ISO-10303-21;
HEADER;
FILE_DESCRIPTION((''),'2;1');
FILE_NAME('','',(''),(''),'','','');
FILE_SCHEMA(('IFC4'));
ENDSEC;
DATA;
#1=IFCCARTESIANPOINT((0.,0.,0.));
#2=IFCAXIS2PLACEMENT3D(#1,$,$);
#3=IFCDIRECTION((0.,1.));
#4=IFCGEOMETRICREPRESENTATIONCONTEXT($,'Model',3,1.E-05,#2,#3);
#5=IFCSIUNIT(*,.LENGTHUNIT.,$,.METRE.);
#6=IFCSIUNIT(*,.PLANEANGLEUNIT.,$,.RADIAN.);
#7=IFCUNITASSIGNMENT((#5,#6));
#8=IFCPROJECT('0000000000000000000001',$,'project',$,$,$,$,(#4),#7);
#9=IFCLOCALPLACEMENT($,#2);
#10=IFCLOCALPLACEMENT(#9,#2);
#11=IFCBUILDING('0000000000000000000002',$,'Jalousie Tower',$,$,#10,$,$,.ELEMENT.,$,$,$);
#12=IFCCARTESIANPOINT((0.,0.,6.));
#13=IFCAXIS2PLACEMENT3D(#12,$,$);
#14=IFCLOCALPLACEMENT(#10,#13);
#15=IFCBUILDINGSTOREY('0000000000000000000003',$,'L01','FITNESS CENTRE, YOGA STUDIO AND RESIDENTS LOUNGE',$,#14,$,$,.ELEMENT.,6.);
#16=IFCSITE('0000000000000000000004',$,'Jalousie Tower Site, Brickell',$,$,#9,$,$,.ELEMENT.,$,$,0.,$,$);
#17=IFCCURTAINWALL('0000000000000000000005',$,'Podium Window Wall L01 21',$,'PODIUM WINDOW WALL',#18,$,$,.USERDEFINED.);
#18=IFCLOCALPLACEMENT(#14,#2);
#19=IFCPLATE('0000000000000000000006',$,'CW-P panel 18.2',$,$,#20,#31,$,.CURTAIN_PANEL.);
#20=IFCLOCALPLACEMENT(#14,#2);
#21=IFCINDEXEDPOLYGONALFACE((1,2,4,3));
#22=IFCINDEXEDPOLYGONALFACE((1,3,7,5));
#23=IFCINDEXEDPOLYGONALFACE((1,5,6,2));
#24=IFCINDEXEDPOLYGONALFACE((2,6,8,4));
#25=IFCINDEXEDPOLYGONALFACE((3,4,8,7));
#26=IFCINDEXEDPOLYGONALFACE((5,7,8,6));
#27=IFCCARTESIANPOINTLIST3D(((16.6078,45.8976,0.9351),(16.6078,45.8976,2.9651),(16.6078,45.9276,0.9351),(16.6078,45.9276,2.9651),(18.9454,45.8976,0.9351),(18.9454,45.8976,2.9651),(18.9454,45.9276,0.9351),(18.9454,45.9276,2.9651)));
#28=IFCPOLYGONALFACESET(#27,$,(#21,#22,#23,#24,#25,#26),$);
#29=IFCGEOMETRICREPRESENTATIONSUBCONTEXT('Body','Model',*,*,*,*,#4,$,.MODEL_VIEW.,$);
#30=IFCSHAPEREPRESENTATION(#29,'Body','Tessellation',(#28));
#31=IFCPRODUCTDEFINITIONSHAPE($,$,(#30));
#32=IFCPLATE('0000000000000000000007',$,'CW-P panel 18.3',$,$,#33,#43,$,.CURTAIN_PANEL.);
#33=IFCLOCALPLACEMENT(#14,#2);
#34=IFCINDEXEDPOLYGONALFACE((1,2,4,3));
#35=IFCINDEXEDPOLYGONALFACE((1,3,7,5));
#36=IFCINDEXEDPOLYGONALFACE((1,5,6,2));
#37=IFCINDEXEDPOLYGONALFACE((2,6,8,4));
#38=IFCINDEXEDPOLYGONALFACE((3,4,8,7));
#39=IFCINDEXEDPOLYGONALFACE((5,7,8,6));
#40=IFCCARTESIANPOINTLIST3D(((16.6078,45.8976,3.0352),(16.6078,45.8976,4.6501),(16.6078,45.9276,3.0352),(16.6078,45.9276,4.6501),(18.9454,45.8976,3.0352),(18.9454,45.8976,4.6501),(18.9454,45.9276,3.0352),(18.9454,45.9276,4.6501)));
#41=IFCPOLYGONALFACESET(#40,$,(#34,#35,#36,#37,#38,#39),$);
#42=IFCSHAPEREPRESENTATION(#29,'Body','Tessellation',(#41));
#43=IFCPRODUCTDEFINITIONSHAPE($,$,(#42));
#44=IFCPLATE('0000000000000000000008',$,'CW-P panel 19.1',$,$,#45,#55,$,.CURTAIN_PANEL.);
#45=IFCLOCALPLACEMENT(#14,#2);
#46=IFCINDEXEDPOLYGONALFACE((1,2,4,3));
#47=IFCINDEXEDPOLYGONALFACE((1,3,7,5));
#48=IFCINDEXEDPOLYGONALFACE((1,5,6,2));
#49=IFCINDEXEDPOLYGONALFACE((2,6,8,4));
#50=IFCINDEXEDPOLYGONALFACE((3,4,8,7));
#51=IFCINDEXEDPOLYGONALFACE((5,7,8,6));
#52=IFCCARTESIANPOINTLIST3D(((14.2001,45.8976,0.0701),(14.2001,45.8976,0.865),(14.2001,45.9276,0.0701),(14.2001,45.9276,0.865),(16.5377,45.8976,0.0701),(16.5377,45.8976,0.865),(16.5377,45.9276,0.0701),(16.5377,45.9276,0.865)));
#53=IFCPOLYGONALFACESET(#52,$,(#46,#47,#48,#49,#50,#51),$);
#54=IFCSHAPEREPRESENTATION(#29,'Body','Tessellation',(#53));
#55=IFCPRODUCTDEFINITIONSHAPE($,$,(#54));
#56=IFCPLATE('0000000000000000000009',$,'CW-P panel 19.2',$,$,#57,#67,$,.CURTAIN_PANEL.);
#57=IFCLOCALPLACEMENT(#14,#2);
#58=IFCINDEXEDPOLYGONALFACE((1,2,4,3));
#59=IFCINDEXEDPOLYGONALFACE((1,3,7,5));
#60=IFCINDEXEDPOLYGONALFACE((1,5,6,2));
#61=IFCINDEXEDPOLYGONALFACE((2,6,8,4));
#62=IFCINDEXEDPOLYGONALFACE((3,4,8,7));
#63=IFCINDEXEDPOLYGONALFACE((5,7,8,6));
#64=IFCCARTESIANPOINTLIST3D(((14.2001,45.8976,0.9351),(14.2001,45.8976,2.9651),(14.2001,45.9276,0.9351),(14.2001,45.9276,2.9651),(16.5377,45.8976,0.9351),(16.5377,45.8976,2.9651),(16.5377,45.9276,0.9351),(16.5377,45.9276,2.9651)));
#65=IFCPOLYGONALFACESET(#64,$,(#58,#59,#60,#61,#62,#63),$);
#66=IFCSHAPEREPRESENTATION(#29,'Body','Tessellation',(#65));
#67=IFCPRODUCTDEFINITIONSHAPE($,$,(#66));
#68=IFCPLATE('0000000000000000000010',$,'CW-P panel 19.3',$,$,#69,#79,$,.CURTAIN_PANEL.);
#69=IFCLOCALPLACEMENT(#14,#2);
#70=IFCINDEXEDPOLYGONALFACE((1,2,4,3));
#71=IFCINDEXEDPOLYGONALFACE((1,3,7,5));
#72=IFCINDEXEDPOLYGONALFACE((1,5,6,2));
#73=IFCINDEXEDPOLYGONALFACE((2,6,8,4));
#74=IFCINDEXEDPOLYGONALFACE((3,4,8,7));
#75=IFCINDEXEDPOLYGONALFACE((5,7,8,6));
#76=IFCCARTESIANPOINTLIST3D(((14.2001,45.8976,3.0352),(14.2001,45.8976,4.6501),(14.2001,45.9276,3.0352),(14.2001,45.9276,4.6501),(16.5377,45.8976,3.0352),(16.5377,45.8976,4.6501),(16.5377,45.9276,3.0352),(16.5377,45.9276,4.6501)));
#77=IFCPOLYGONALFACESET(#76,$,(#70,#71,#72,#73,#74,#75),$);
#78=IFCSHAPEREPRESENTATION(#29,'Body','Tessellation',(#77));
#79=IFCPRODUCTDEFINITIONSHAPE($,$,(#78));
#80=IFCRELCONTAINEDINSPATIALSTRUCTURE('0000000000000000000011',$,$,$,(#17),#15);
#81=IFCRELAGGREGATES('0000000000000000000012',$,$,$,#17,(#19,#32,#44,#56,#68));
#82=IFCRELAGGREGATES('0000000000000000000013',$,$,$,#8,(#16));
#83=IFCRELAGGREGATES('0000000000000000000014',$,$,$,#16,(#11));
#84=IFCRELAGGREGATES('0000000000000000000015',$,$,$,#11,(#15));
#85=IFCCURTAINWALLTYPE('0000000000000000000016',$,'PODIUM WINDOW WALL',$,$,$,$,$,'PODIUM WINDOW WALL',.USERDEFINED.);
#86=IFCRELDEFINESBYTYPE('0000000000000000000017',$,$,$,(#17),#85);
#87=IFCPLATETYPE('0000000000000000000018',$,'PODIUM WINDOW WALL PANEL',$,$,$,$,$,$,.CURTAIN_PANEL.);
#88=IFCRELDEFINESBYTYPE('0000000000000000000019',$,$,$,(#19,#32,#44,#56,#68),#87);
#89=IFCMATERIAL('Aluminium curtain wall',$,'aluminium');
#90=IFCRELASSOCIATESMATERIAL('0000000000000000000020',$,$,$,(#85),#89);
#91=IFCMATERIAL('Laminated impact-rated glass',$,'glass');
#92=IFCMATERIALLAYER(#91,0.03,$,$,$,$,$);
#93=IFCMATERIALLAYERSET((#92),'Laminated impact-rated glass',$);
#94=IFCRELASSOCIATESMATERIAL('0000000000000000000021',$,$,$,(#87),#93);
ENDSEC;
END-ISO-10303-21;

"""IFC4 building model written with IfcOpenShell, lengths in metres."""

from ifc_helpers import new_model, si_unit, direction, frame, origin, origin_2d, place, context, subcontext, project, spatial, rectangle, extrude, material, layer, layer_set, type_object, element, aggregate, save


model = new_model("IFC4")

# Units and contexts
model_context = context("Model", 3, precision=1e-05, world=origin(), true_north=direction((0.0, 1.0)))
body_context = subcontext(model_context, "Body", "Model", "MODEL_VIEW")
ifc_project = project(units=[si_unit("LENGTHUNIT", "METRE"), si_unit("PLANEANGLEUNIT", "RADIAN")], contexts=[model_context])

# Site, building, storey
site_placement = place(None, origin())
site = spatial("IfcSite", under=ifc_project, at=site_placement, Name="Jalousie Tower Site, Brickell", CompositionType="ELEMENT", RefElevation=0.0)
building_placement = place(site_placement, origin())
building = spatial("IfcBuilding", under=site, at=building_placement, Name="Jalousie Tower", CompositionType="ELEMENT")
storey_placement = place(building_placement, frame((0.0, 0.0, 6.0)))
storey = spatial("IfcBuildingStorey", under=building, at=storey_placement, Name="L01", Description="FITNESS CENTRE, YOGA STUDIO AND RESIDENTS LOUNGE", CompositionType="ELEMENT", Elevation=6.0)

# Curtain wall, plates
ifc_material_1 = material(Name="Aluminium curtain wall", Category="aluminium")
curtain_wall_type = type_object("IfcCurtainWallType", Name="PODIUM WINDOW WALL", ElementType="PODIUM WINDOW WALL", PredefinedType="USERDEFINED", material=ifc_material_1)
curtain_wall_placement = place(storey_placement, origin())
curtain_wall = element("IfcCurtainWall", 1, at=curtain_wall_placement, inside=storey, type_object=curtain_wall_type, Name="Podium Window Wall L01 21", ObjectType="PODIUM WINDOW WALL", PredefinedType="USERDEFINED")
ifc_material_2 = material(Name="Laminated impact-rated glass", Category="glass")
ifc_layer = layer(ifc_material_2, 0.03)
ifc_layer_set = layer_set([ifc_layer], Name="Laminated impact-rated glass")
plate_type = type_object("IfcPlateType", Name="PODIUM WINDOW WALL PANEL", PredefinedType="CURTAIN_PANEL", material=ifc_layer_set)
plate_1_placement = place(storey_placement, frame((17.7766, 45.9126, 0.9351), z_axis=(0.0, 0.0, 1.0), x_axis=(-1.0, 0.0, 0.0)))
plate_1 = element("IfcPlate", 2, at=plate_1_placement, type_object=plate_type, Name="CW-P panel 18.2", PredefinedType="CURTAIN_PANEL", context=body_context, shape_type="SweptSolid", body=[
    extrude(rectangle(XDim=2.3376, YDim=0.03, at=origin_2d()), origin(), (0.0, 0.0, 1.0), 2.03),
])
plate_2_placement = place(storey_placement, frame((17.7766, 45.9126, 3.0352), z_axis=(0.0, 0.0, 1.0), x_axis=(-1.0, 0.0, 0.0)))
plate_2 = element("IfcPlate", 3, at=plate_2_placement, type_object=plate_type, Name="CW-P panel 18.3", PredefinedType="CURTAIN_PANEL", context=body_context, shape_type="SweptSolid", body=[
    extrude(rectangle(XDim=2.3376, YDim=0.03, at=origin_2d()), origin(), (0.0, 0.0, 1.0), 1.615),
])
plate_3_placement = place(storey_placement, frame((15.3689, 45.9126, 0.0701), z_axis=(0.0, 0.0, 1.0), x_axis=(-1.0, 0.0, 0.0)))
plate_3 = element("IfcPlate", 4, at=plate_3_placement, type_object=plate_type, Name="CW-P panel 19.1", PredefinedType="CURTAIN_PANEL", context=body_context, shape_type="SweptSolid", body=[
    extrude(rectangle(XDim=2.3376, YDim=0.03, at=origin_2d()), origin(), (0.0, 0.0, 1.0), 0.7949),
])
plate_4_placement = place(storey_placement, frame((15.3689, 45.9126, 0.9351), z_axis=(0.0, 0.0, 1.0), x_axis=(-1.0, 0.0, 0.0)))
plate_4 = element("IfcPlate", 5, at=plate_4_placement, type_object=plate_type, Name="CW-P panel 19.2", PredefinedType="CURTAIN_PANEL", context=body_context, shape_type="SweptSolid", body=[
    extrude(rectangle(XDim=2.3376, YDim=0.03, at=origin_2d()), origin(), (0.0, 0.0, 1.0), 2.03),
])
plate_5_placement = place(storey_placement, frame((15.3689, 45.9126, 3.0352), z_axis=(0.0, 0.0, 1.0), x_axis=(-1.0, 0.0, 0.0)))
plate_5 = element("IfcPlate", 6, at=plate_5_placement, type_object=plate_type, Name="CW-P panel 19.3", PredefinedType="CURTAIN_PANEL", context=body_context, shape_type="SweptSolid", body=[
    extrude(rectangle(XDim=2.3376, YDim=0.03, at=origin_2d()), origin(), (0.0, 0.0, 1.0), 1.615),
])
aggregate(curtain_wall, [plate_1, plate_2, plate_3, plate_4, plate_5])

save(model, "model.ifc")
